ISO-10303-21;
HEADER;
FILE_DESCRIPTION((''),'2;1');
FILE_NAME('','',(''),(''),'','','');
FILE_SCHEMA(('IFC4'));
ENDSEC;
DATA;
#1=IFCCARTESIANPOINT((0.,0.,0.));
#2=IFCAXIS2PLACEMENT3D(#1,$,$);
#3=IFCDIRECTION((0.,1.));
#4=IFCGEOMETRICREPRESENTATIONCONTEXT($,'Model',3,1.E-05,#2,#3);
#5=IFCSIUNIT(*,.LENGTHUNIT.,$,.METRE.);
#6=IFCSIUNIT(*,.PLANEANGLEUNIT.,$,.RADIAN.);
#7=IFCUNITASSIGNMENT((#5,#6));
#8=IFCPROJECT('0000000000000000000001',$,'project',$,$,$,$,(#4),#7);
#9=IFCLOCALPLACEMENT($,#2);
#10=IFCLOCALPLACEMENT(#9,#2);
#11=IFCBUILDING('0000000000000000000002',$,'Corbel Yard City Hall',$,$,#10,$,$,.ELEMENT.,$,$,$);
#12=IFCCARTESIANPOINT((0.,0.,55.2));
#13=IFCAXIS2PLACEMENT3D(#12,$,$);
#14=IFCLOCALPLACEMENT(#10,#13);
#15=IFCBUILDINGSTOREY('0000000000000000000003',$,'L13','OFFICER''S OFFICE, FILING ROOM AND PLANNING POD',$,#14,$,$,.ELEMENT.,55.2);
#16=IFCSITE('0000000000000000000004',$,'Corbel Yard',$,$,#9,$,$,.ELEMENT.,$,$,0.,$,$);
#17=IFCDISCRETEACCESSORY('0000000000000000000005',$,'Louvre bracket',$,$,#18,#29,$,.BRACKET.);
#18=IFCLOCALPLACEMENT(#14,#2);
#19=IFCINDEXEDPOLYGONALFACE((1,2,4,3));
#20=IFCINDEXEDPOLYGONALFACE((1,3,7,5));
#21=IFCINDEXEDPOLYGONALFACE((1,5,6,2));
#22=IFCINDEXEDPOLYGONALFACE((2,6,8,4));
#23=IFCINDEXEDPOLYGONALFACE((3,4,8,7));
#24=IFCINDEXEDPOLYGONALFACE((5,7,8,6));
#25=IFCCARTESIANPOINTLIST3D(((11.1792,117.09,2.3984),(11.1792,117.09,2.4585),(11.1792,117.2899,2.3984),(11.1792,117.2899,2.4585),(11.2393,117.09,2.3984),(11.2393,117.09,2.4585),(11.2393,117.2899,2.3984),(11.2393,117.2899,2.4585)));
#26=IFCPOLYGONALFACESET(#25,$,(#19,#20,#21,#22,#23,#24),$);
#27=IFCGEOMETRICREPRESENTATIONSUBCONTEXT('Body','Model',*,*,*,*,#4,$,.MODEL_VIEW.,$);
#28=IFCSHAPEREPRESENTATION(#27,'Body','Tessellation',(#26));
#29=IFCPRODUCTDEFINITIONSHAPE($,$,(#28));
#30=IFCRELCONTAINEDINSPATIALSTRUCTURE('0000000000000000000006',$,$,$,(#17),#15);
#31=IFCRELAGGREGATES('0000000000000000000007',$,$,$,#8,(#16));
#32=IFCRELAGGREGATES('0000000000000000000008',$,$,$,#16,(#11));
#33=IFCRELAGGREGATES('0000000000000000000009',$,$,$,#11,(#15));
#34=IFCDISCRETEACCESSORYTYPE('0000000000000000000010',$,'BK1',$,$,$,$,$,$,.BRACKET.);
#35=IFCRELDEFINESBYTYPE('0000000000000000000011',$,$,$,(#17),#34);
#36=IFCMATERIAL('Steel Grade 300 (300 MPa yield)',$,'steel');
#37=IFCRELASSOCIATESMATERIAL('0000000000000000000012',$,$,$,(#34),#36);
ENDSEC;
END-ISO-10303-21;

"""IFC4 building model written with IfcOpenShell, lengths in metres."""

from ifc_helpers import new_model, si_unit, direction, frame, origin, origin_2d, place, context, subcontext, project, spatial, rectangle, extrude, material, type_object, element, save


model = new_model("IFC4")

# Units and contexts
model_context = context("Model", 3, precision=1e-05, world=origin(), true_north=direction((0.0, 1.0)))
body_context = subcontext(model_context, "Body", "Model", "MODEL_VIEW")
ifc_project = project(units=[si_unit("LENGTHUNIT", "METRE"), si_unit("PLANEANGLEUNIT", "RADIAN")], contexts=[model_context])

# Site, building, storey
site_placement = place(None, origin())
site = spatial("IfcSite", under=ifc_project, at=site_placement, Name="Corbel Yard", CompositionType="ELEMENT", RefElevation=0.0)
building_placement = place(site_placement, origin())
building = spatial("IfcBuilding", under=site, at=building_placement, Name="Corbel Yard City Hall", CompositionType="ELEMENT")
storey_placement = place(building_placement, frame((0.0, 0.0, 55.2)))
storey = spatial("IfcBuildingStorey", under=building, at=storey_placement, Name="L13", Description="OFFICER'S OFFICE, FILING ROOM AND PLANNING POD", CompositionType="ELEMENT", Elevation=55.2)

# Shared definitions
ifc_material_1 = material(Name="Steel Grade 300 (300 MPa yield)", Category="steel")

# Discrete accessory
discrete_accessory_type = type_object("IfcDiscreteAccessoryType", Name="BK1", PredefinedType="BRACKET", material=ifc_material_1)
for number, where, z_axis, x_axis, name in (
    (1, (11.2092, 117.1899, 2.3984), (0.0, 0.0, 1.0), (1.0, 0.0, 0.0), "Louvre bracket"),
):
    element("IfcDiscreteAccessory", number, at=place(storey_placement, frame(where, z_axis=z_axis, x_axis=x_axis)), inside=storey, type_object=discrete_accessory_type, Name=name, PredefinedType="BRACKET", context=body_context, shape_type="SweptSolid", body=[
        extrude(rectangle(XDim=0.0601, YDim=0.2, at=origin_2d()), origin(), (0.0, 0.0, 1.0), 0.0601),
    ])

save(model, "model.ifc")
